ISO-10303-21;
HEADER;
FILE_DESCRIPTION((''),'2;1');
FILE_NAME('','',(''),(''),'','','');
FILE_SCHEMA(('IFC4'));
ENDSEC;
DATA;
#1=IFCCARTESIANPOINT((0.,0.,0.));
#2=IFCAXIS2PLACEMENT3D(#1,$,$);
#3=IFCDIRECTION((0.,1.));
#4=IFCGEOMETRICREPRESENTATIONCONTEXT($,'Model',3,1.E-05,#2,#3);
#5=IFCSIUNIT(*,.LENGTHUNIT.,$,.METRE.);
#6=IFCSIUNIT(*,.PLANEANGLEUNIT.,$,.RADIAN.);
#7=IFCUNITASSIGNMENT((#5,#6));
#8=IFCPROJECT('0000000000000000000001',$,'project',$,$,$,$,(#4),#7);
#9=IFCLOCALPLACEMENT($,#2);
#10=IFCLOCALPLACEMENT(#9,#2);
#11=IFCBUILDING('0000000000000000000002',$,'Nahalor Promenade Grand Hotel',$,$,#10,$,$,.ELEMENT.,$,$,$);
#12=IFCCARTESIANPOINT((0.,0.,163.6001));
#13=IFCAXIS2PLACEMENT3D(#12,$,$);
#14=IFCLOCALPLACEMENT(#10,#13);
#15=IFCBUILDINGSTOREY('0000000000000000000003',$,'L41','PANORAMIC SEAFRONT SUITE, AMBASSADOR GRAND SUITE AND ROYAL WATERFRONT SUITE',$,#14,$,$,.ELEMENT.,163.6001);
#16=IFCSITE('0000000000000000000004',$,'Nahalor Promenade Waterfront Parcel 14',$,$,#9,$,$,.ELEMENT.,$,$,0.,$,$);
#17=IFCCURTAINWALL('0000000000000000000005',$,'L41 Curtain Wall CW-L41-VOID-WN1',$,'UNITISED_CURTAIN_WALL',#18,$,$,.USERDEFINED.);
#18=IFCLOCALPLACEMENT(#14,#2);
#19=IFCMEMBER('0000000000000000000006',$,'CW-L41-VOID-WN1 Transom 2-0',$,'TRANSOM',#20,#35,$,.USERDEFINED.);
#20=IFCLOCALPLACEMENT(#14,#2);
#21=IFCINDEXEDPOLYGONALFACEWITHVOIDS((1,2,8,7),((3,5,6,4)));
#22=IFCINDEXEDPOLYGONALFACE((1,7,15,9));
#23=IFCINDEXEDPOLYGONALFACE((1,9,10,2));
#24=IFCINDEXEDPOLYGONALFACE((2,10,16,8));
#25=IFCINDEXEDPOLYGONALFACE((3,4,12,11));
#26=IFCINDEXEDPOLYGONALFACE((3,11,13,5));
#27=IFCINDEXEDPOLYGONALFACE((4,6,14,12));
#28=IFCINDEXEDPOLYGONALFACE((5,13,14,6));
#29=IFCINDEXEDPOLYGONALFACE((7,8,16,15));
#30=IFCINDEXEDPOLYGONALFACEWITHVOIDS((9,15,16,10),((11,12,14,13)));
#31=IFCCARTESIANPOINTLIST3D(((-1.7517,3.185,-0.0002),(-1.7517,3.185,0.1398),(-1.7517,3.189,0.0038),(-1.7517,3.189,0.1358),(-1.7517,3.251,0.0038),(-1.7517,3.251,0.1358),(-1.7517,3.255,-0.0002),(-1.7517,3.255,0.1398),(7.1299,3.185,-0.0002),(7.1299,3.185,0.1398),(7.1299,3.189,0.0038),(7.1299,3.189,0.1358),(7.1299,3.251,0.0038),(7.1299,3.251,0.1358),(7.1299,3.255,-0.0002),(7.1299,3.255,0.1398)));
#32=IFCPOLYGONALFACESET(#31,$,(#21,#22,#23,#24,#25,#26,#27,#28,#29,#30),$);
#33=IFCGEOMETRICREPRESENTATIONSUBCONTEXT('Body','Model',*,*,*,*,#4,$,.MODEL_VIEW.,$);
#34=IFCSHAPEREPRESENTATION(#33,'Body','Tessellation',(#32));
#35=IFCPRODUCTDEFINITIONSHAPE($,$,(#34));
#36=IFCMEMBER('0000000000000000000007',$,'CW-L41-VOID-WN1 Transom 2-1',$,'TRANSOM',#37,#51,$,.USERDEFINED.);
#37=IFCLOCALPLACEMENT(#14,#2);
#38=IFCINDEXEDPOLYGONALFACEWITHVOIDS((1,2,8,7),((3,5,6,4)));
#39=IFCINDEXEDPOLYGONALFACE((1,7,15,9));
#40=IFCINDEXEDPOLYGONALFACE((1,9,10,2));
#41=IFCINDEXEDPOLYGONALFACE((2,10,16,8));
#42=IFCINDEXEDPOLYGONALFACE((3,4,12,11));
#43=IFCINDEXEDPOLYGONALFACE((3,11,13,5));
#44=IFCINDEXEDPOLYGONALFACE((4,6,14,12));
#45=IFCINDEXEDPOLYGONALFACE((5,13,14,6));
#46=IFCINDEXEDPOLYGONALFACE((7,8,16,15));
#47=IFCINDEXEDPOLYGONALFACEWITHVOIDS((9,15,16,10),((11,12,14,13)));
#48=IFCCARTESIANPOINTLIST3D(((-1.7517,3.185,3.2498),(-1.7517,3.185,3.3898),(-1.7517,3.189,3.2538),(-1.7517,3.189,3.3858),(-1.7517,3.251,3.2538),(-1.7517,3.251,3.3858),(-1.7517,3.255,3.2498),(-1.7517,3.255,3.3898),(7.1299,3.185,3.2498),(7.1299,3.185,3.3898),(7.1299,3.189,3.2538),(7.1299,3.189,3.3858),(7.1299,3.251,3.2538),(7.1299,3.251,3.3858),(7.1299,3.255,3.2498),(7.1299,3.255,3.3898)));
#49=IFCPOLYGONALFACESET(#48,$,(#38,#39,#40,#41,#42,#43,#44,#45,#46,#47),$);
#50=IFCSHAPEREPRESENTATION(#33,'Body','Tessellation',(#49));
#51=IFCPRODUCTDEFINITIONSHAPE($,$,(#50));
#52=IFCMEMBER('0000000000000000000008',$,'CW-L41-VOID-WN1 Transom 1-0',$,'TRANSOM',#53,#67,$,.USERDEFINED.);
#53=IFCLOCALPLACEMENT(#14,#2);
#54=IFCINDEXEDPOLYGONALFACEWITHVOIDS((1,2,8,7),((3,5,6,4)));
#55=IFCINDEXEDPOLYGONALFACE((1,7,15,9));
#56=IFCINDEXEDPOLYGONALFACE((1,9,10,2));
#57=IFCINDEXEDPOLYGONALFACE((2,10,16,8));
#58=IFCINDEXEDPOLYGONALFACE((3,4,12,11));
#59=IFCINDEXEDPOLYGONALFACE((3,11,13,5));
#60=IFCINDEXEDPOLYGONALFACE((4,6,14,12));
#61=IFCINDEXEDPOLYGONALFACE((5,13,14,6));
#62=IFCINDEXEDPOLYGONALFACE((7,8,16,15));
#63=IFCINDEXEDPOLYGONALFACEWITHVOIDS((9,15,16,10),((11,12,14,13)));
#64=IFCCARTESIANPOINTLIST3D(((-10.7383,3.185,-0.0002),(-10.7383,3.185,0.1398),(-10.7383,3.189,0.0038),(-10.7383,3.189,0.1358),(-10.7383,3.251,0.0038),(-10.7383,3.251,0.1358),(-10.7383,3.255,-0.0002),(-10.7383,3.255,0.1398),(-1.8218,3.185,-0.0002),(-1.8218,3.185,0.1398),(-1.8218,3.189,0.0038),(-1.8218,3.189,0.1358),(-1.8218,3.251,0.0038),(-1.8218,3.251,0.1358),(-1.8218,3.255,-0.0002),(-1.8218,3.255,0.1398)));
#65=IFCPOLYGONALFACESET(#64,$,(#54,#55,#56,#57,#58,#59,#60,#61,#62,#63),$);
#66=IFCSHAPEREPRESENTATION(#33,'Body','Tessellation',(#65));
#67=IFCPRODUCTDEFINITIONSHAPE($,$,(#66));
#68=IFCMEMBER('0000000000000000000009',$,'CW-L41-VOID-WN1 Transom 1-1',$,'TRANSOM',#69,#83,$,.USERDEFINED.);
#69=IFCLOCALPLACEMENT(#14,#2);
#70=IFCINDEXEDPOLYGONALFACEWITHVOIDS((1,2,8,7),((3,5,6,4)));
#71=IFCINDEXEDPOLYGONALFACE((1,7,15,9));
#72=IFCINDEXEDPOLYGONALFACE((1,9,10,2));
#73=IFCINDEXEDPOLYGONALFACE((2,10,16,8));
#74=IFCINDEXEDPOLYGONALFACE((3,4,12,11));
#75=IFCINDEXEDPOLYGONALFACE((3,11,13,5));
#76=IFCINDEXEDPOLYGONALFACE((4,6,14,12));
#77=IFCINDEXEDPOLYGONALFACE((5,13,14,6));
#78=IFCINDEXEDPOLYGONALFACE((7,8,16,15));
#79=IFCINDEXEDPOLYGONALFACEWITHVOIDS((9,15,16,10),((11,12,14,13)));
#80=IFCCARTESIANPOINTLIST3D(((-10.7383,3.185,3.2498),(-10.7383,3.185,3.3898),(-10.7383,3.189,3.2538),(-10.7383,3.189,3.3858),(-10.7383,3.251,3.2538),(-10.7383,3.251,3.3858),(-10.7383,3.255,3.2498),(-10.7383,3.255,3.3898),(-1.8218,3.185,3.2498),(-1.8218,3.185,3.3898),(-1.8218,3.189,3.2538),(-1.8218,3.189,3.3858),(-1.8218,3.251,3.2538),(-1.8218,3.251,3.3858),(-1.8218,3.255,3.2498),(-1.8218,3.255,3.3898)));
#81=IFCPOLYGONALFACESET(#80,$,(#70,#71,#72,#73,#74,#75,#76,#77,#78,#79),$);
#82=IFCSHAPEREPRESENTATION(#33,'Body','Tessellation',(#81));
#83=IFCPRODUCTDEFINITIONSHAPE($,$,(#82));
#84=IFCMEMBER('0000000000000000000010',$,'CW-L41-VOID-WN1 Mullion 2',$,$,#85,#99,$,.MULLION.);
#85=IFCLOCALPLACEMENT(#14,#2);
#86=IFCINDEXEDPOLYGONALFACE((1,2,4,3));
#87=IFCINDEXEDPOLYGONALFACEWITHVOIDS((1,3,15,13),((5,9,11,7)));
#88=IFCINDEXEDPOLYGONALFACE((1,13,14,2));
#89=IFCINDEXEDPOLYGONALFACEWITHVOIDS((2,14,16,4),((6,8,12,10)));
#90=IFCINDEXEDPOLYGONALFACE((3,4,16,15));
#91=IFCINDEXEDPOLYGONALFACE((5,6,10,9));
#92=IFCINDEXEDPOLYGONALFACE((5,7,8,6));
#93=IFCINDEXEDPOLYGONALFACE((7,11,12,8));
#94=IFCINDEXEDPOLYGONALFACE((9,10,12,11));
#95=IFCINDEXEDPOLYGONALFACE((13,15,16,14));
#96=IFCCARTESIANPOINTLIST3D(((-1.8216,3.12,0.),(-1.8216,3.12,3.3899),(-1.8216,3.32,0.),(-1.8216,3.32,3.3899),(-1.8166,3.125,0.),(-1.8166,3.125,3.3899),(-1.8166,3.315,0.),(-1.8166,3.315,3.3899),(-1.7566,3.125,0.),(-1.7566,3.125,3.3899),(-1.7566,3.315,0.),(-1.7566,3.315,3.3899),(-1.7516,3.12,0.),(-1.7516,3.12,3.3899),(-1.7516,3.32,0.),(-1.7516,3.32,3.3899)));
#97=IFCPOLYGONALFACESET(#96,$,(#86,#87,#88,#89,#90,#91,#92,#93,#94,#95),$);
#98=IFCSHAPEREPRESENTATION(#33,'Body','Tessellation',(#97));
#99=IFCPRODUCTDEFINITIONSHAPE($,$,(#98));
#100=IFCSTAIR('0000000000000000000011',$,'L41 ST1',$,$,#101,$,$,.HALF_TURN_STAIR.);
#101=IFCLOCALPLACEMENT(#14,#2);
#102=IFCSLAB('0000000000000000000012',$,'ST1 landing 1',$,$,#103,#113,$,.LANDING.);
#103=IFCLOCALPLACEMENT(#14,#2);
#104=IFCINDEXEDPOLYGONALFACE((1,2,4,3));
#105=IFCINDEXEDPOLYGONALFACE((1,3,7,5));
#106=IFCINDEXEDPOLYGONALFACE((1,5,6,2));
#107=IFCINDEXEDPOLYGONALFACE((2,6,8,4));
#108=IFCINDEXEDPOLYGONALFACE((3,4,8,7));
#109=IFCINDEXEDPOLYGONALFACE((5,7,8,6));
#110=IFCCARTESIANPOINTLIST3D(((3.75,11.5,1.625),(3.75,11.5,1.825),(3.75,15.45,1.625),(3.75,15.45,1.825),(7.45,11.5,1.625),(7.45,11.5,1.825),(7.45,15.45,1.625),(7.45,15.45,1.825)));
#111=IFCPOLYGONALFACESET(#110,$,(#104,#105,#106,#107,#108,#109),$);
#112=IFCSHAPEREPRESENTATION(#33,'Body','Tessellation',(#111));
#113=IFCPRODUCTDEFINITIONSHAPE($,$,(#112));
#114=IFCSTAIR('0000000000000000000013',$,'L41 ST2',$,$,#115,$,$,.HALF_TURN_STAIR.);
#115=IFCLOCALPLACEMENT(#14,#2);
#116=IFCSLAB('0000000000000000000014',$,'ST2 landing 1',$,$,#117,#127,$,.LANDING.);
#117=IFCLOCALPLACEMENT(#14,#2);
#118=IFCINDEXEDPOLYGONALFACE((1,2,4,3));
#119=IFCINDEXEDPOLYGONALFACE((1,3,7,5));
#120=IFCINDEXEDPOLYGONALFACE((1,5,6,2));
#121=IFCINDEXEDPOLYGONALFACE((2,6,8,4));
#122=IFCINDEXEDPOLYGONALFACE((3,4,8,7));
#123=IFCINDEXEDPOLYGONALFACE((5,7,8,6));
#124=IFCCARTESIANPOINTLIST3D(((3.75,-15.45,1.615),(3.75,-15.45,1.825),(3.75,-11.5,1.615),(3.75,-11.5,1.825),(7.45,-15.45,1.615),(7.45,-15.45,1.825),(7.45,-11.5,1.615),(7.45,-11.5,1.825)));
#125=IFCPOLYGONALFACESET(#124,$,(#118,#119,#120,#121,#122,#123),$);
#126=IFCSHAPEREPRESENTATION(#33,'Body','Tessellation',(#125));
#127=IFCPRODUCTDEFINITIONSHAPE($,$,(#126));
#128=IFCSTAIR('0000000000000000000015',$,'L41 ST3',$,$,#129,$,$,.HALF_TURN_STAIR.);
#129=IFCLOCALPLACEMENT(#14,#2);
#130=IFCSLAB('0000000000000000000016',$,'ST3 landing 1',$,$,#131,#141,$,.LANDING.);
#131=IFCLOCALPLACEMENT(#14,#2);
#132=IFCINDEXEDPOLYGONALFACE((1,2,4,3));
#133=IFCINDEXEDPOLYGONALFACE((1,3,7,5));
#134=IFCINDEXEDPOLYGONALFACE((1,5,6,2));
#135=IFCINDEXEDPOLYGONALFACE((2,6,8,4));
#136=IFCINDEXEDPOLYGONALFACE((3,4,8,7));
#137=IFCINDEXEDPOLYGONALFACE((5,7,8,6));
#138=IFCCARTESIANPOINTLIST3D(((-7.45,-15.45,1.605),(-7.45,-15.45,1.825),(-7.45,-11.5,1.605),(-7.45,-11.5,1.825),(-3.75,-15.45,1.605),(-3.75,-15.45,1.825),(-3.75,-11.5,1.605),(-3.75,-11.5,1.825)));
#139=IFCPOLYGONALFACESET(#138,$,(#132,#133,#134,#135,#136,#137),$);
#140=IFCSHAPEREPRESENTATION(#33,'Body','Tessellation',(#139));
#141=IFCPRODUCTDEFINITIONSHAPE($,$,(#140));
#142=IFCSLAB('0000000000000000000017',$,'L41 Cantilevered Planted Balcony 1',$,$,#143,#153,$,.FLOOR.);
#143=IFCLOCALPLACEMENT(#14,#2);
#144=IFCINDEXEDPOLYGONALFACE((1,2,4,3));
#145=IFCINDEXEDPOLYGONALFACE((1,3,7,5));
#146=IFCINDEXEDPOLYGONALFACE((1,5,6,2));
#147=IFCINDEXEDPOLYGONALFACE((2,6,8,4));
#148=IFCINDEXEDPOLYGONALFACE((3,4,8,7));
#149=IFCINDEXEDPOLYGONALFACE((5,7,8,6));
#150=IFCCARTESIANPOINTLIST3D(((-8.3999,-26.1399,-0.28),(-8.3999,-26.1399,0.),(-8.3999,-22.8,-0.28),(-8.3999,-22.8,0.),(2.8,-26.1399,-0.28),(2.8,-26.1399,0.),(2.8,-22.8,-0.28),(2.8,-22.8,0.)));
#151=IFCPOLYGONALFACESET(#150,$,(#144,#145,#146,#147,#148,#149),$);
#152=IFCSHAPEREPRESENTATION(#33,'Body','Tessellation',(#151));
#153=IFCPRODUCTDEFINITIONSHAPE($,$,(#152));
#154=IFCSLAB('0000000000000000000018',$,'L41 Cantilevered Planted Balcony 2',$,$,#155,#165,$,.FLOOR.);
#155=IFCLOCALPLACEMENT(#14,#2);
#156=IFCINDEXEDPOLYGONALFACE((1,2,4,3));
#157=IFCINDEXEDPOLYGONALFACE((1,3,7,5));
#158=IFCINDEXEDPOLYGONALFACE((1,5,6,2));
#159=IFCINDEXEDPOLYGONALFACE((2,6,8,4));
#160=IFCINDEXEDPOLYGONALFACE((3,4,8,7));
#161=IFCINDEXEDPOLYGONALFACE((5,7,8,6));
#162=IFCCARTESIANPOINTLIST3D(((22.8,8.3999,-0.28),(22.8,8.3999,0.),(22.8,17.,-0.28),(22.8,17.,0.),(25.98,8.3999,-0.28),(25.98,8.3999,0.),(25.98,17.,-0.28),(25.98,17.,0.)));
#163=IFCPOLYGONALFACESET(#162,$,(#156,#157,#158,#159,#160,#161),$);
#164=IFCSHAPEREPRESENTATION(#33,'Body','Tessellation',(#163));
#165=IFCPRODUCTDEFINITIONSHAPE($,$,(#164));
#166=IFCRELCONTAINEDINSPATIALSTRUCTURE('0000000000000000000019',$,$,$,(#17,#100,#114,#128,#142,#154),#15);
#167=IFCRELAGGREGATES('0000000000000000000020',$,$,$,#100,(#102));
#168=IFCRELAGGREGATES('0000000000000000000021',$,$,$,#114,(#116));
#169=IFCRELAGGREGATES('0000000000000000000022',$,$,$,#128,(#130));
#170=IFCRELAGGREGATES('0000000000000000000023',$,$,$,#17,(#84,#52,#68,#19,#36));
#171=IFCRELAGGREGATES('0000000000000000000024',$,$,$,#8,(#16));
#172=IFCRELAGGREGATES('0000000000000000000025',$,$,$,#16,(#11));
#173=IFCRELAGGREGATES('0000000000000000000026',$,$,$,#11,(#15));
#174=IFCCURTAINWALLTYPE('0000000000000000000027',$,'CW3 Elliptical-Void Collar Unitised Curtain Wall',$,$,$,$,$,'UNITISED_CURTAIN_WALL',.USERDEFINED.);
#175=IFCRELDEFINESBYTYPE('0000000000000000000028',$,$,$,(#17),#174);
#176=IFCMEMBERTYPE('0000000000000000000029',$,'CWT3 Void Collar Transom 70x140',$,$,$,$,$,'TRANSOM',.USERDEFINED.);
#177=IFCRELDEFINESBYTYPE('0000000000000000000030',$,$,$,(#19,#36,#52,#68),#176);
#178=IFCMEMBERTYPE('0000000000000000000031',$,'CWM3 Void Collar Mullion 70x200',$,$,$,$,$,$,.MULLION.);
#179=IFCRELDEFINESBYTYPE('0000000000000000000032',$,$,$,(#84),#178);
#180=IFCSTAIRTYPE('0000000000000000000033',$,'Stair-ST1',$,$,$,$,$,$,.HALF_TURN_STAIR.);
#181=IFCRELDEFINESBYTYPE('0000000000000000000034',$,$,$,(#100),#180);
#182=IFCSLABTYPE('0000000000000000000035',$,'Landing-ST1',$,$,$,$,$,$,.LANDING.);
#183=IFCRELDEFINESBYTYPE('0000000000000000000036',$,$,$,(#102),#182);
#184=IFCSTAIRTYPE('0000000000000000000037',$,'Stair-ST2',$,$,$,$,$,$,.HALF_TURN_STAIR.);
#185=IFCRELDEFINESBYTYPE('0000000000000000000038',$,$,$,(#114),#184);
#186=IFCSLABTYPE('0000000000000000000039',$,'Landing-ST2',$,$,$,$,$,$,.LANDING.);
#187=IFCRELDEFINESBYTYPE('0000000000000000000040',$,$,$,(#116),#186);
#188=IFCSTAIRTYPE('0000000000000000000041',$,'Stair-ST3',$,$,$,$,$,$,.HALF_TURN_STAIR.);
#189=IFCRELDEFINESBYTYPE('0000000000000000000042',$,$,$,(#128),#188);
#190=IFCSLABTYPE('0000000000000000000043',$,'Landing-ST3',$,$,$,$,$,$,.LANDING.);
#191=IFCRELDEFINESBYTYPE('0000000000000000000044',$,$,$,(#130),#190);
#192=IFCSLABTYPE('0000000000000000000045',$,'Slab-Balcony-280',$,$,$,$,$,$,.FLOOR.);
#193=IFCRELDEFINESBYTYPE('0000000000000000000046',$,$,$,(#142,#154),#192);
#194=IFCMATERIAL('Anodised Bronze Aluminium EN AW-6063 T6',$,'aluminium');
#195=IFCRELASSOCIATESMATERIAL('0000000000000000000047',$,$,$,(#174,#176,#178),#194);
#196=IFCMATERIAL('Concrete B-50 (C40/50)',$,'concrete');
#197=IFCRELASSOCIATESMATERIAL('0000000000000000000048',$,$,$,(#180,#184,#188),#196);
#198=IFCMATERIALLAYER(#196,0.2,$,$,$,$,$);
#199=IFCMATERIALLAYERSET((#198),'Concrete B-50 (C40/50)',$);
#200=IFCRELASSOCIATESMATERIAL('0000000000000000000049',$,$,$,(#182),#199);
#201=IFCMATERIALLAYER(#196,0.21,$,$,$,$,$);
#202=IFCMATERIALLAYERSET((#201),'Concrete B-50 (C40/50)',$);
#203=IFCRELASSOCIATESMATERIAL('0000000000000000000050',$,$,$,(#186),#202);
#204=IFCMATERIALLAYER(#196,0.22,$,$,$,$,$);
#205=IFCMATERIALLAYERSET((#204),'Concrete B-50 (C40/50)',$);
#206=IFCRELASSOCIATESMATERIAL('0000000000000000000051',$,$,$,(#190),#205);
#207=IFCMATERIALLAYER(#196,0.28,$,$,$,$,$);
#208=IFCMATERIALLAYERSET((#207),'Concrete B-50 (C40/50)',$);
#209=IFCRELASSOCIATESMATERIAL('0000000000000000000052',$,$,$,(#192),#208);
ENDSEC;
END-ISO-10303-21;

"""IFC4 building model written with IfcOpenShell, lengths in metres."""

from ifc_helpers import new_model, si_unit, direction, frame, origin, origin_2d, place, context, subcontext, project, spatial, polyline, hollow_rectangle, outline, extrude, source, transform, mapped, material, layer, layer_set, material_profile, profile_set, type_object, element, aggregate, save


model = new_model("IFC4")

# Units and contexts
model_context = context("Model", 3, precision=1e-05, world=origin(), true_north=direction((0.0, 1.0)))
body_context = subcontext(model_context, "Body", "Model", "MODEL_VIEW")
ifc_project = project(units=[si_unit("LENGTHUNIT", "METRE"), si_unit("PLANEANGLEUNIT", "RADIAN")], contexts=[model_context])

# Site, building, storey
site_placement = place(None, origin())
site = spatial("IfcSite", under=ifc_project, at=site_placement, Name="Nahalor Promenade Waterfront Parcel 14", CompositionType="ELEMENT", RefElevation=0.0)
building_placement = place(site_placement, origin())
building = spatial("IfcBuilding", under=site, at=building_placement, Name="Nahalor Promenade Grand Hotel", CompositionType="ELEMENT")
storey_placement = place(building_placement, frame((0.0, 0.0, 163.6001)))
storey = spatial("IfcBuildingStorey", under=building, at=storey_placement, Name="L41", Description="PANORAMIC SEAFRONT SUITE, AMBASSADOR GRAND SUITE AND ROYAL WATERFRONT SUITE", CompositionType="ELEMENT", Elevation=163.6001)

# Shared definitions
ifc_material_1 = material(Name="Anodised Bronze Aluminium EN AW-6063 T6", Category="aluminium")
curtain_wall_type = type_object("IfcCurtainWallType", Name="CW3 Elliptical-Void Collar Unitised Curtain Wall", ElementType="UNITISED_CURTAIN_WALL", PredefinedType="USERDEFINED", material=ifc_material_1)
ifc_material_profile_1 = material_profile(ifc_material_1, hollow_rectangle(XDim=0.07, YDim=0.14, WallThickness=0.004, at=origin_2d()), Name="CWT 70x140x4")
ifc_profile_set_1 = profile_set([ifc_material_profile_1], Name="Anodised Bronze Aluminium EN AW-6063 T6")
member_type_1 = type_object("IfcMemberType", Name="CWT3 Void Collar Transom 70x140", ElementType="TRANSOM", PredefinedType="USERDEFINED", material=ifc_profile_set_1)
shared_shape_1 = source(origin(), body_context, "Body", "SweptSolid", [
    extrude(hollow_rectangle(XDim=0.07, YDim=0.14, WallThickness=0.004, at=origin_2d()), origin(), (0.0, 0.0, 1.0), 8.8816),
])

# Curtain wall, members
curtain_wall_1_placement = place(storey_placement, origin())
curtain_wall_1 = element("IfcCurtainWall", 1, at=curtain_wall_1_placement, inside=storey, type_object=curtain_wall_type, Name="L41 Curtain Wall CW-L41-VOID-WN1", ObjectType="UNITISED_CURTAIN_WALL", PredefinedType="USERDEFINED")
member_1_placement = place(storey_placement, frame((-1.7517, 3.22, 0.0698), z_axis=(1.0, 0.0, 0.0), x_axis=(0.0, 1.0, 0.0)))
member_1 = element("IfcMember", 2, at=member_1_placement, type_object=member_type_1, Name="CW-L41-VOID-WN1 Transom 2-0", ObjectType="TRANSOM", PredefinedType="USERDEFINED", context=body_context, shape_type="MappedRepresentation", body=[
    mapped(shared_shape_1, transform((0.0, 0.0, 0.0), scale=1.0)),
])
member_2_placement = place(storey_placement, frame((-1.7517, 3.22, 3.3198), z_axis=(1.0, 0.0, 0.0), x_axis=(0.0, 1.0, 0.0)))
member_2 = element("IfcMember", 3, at=member_2_placement, type_object=member_type_1, Name="CW-L41-VOID-WN1 Transom 2-1", ObjectType="TRANSOM", PredefinedType="USERDEFINED", context=body_context, shape_type="MappedRepresentation", body=[
    mapped(shared_shape_1, transform((0.0, 0.0, 0.0), scale=1.0)),
])
shared_shape_2 = source(origin(), body_context, "Body", "SweptSolid", [
    extrude(hollow_rectangle(XDim=0.07, YDim=0.14, WallThickness=0.004, at=origin_2d()), origin(), (0.0, 0.0, 1.0), 8.9165),
])
member_3_placement = place(storey_placement, frame((-10.7383, 3.22, 0.0698), z_axis=(1.0, 0.0, 0.0), x_axis=(0.0, 1.0, 0.0)))
member_3 = element("IfcMember", 4, at=member_3_placement, type_object=member_type_1, Name="CW-L41-VOID-WN1 Transom 1-0", ObjectType="TRANSOM", PredefinedType="USERDEFINED", context=body_context, shape_type="MappedRepresentation", body=[
    mapped(shared_shape_2, transform((0.0, 0.0, 0.0), scale=1.0)),
])
member_4_placement = place(storey_placement, frame((-10.7383, 3.22, 3.3198), z_axis=(1.0, 0.0, 0.0), x_axis=(0.0, 1.0, 0.0)))
member_4 = element("IfcMember", 5, at=member_4_placement, type_object=member_type_1, Name="CW-L41-VOID-WN1 Transom 1-1", ObjectType="TRANSOM", PredefinedType="USERDEFINED", context=body_context, shape_type="MappedRepresentation", body=[
    mapped(shared_shape_2, transform((0.0, 0.0, 0.0), scale=1.0)),
])
ifc_material_profile_2 = material_profile(ifc_material_1, hollow_rectangle(XDim=0.07, YDim=0.2, WallThickness=0.005, at=origin_2d()), Name="CWM 70x200x5")
ifc_profile_set_2 = profile_set([ifc_material_profile_2], Name="Anodised Bronze Aluminium EN AW-6063 T6")
member_type_2 = type_object("IfcMemberType", Name="CWM3 Void Collar Mullion 70x200", PredefinedType="MULLION", material=ifc_profile_set_2)
shared_shape_3 = source(origin(), body_context, "Body", "SweptSolid", [
    extrude(hollow_rectangle(XDim=0.07, YDim=0.2, WallThickness=0.005, at=origin_2d()), origin(), (0.0, 0.0, 1.0), 3.3899),
])
member_5_placement = place(storey_placement, frame((-1.7866, 3.22, 0.0), z_axis=(0.0, 0.0, 1.0), x_axis=(1.0, 0.0, 0.0)))
member_5 = element("IfcMember", 6, at=member_5_placement, type_object=member_type_2, Name="CW-L41-VOID-WN1 Mullion 2", PredefinedType="MULLION", context=body_context, shape_type="MappedRepresentation", body=[
    mapped(shared_shape_3, transform((0.0, 0.0, 0.0), scale=1.0)),
])

# Stairs, slabs
ifc_material_2 = material(Name="Concrete B-50 (C40/50)", Category="concrete")
stair_type_1 = type_object("IfcStairType", Name="Stair-ST1", PredefinedType="HALF_TURN_STAIR", material=ifc_material_2)
stair_1_placement = place(storey_placement, origin())
stair_1 = element("IfcStair", 7, at=stair_1_placement, inside=storey, type_object=stair_type_1, Name="L41 ST1", PredefinedType="HALF_TURN_STAIR")
ifc_layer_1 = layer(ifc_material_2, 0.2)
ifc_layer_set_1 = layer_set([ifc_layer_1], Name="Concrete B-50 (C40/50)")
slab_type_1 = type_object("IfcSlabType", Name="Landing-ST1", PredefinedType="LANDING", material=ifc_layer_set_1)
slab_1_placement = place(storey_placement, frame((0.0, 0.0, 1.625)))
slab_1 = element("IfcSlab", 8, at=slab_1_placement, type_object=slab_type_1, Name="ST1 landing 1", PredefinedType="LANDING", context=body_context, shape_type="SweptSolid", body=[
    extrude(outline(polyline([(7.45, 11.5), (7.45, 15.45), (3.75, 15.45), (3.75, 11.5), (7.45, 11.5)])), origin(), (0.0, 0.0, 1.0), 0.2),
])
aggregate(stair_1, [slab_1])
stair_type_2 = type_object("IfcStairType", Name="Stair-ST2", PredefinedType="HALF_TURN_STAIR", material=ifc_material_2)
stair_2_placement = place(storey_placement, origin())
stair_2 = element("IfcStair", 9, at=stair_2_placement, inside=storey, type_object=stair_type_2, Name="L41 ST2", PredefinedType="HALF_TURN_STAIR")
ifc_layer_2 = layer(ifc_material_2, 0.21)
ifc_layer_set_2 = layer_set([ifc_layer_2], Name="Concrete B-50 (C40/50)")
slab_type_2 = type_object("IfcSlabType", Name="Landing-ST2", PredefinedType="LANDING", material=ifc_layer_set_2)
slab_2_placement = place(storey_placement, frame((0.0, 0.0, 1.615)))
slab_2 = element("IfcSlab", 10, at=slab_2_placement, type_object=slab_type_2, Name="ST2 landing 1", PredefinedType="LANDING", context=body_context, shape_type="SweptSolid", body=[
    extrude(outline(polyline([(3.75, -11.5), (3.75, -15.45), (7.45, -15.45), (7.45, -11.5), (3.75, -11.5)])), origin(), (0.0, 0.0, 1.0), 0.21),
])
aggregate(stair_2, [slab_2])
stair_type_3 = type_object("IfcStairType", Name="Stair-ST3", PredefinedType="HALF_TURN_STAIR", material=ifc_material_2)
stair_3_placement = place(storey_placement, origin())
stair_3 = element("IfcStair", 11, at=stair_3_placement, inside=storey, type_object=stair_type_3, Name="L41 ST3", PredefinedType="HALF_TURN_STAIR")
ifc_layer_3 = layer(ifc_material_2, 0.22)
ifc_layer_set_3 = layer_set([ifc_layer_3], Name="Concrete B-50 (C40/50)")
slab_type_3 = type_object("IfcSlabType", Name="Landing-ST3", PredefinedType="LANDING", material=ifc_layer_set_3)
slab_3_placement = place(storey_placement, frame((0.0, 0.0, 1.605)))
slab_3 = element("IfcSlab", 12, at=slab_3_placement, type_object=slab_type_3, Name="ST3 landing 1", PredefinedType="LANDING", context=body_context, shape_type="SweptSolid", body=[
    extrude(outline(polyline([(-7.45, -11.5), (-7.45, -15.45), (-3.75, -15.45), (-3.75, -11.5), (-7.45, -11.5)])), origin(), (0.0, 0.0, 1.0), 0.22),
])
aggregate(stair_3, [slab_3])

# Slabs
ifc_layer_4 = layer(ifc_material_2, 0.28)
ifc_layer_set_4 = layer_set([ifc_layer_4], Name="Concrete B-50 (C40/50)")
slab_type_4 = type_object("IfcSlabType", Name="Slab-Balcony-280", PredefinedType="FLOOR", material=ifc_layer_set_4)
slab_4_placement = place(storey_placement, frame((0.0, 0.0, -0.28)))
element("IfcSlab", 13, at=slab_4_placement, inside=storey, type_object=slab_type_4, Name="L41 Cantilevered Planted Balcony 1", PredefinedType="FLOOR", context=body_context, shape_type="SweptSolid", body=[
    extrude(outline(polyline([(-8.3999, -26.1399), (2.8, -26.1399), (2.8, -22.8), (-8.3999, -22.8), (-8.3999, -26.1399)])), origin(), (0.0, 0.0, 1.0), 0.28),
])
slab_5_placement = place(storey_placement, frame((0.0, 0.0, -0.28)))
element("IfcSlab", 14, at=slab_5_placement, inside=storey, type_object=slab_type_4, Name="L41 Cantilevered Planted Balcony 2", PredefinedType="FLOOR", context=body_context, shape_type="SweptSolid", body=[
    extrude(outline(polyline([(22.8, 8.3999), (25.98, 8.3999), (25.98, 17.0), (22.8, 17.0), (22.8, 8.3999)])), origin(), (0.0, 0.0, 1.0), 0.28),
])

aggregate(curtain_wall_1, [member_5, member_3, member_4, member_1, member_2])

save(model, "model.ifc")
